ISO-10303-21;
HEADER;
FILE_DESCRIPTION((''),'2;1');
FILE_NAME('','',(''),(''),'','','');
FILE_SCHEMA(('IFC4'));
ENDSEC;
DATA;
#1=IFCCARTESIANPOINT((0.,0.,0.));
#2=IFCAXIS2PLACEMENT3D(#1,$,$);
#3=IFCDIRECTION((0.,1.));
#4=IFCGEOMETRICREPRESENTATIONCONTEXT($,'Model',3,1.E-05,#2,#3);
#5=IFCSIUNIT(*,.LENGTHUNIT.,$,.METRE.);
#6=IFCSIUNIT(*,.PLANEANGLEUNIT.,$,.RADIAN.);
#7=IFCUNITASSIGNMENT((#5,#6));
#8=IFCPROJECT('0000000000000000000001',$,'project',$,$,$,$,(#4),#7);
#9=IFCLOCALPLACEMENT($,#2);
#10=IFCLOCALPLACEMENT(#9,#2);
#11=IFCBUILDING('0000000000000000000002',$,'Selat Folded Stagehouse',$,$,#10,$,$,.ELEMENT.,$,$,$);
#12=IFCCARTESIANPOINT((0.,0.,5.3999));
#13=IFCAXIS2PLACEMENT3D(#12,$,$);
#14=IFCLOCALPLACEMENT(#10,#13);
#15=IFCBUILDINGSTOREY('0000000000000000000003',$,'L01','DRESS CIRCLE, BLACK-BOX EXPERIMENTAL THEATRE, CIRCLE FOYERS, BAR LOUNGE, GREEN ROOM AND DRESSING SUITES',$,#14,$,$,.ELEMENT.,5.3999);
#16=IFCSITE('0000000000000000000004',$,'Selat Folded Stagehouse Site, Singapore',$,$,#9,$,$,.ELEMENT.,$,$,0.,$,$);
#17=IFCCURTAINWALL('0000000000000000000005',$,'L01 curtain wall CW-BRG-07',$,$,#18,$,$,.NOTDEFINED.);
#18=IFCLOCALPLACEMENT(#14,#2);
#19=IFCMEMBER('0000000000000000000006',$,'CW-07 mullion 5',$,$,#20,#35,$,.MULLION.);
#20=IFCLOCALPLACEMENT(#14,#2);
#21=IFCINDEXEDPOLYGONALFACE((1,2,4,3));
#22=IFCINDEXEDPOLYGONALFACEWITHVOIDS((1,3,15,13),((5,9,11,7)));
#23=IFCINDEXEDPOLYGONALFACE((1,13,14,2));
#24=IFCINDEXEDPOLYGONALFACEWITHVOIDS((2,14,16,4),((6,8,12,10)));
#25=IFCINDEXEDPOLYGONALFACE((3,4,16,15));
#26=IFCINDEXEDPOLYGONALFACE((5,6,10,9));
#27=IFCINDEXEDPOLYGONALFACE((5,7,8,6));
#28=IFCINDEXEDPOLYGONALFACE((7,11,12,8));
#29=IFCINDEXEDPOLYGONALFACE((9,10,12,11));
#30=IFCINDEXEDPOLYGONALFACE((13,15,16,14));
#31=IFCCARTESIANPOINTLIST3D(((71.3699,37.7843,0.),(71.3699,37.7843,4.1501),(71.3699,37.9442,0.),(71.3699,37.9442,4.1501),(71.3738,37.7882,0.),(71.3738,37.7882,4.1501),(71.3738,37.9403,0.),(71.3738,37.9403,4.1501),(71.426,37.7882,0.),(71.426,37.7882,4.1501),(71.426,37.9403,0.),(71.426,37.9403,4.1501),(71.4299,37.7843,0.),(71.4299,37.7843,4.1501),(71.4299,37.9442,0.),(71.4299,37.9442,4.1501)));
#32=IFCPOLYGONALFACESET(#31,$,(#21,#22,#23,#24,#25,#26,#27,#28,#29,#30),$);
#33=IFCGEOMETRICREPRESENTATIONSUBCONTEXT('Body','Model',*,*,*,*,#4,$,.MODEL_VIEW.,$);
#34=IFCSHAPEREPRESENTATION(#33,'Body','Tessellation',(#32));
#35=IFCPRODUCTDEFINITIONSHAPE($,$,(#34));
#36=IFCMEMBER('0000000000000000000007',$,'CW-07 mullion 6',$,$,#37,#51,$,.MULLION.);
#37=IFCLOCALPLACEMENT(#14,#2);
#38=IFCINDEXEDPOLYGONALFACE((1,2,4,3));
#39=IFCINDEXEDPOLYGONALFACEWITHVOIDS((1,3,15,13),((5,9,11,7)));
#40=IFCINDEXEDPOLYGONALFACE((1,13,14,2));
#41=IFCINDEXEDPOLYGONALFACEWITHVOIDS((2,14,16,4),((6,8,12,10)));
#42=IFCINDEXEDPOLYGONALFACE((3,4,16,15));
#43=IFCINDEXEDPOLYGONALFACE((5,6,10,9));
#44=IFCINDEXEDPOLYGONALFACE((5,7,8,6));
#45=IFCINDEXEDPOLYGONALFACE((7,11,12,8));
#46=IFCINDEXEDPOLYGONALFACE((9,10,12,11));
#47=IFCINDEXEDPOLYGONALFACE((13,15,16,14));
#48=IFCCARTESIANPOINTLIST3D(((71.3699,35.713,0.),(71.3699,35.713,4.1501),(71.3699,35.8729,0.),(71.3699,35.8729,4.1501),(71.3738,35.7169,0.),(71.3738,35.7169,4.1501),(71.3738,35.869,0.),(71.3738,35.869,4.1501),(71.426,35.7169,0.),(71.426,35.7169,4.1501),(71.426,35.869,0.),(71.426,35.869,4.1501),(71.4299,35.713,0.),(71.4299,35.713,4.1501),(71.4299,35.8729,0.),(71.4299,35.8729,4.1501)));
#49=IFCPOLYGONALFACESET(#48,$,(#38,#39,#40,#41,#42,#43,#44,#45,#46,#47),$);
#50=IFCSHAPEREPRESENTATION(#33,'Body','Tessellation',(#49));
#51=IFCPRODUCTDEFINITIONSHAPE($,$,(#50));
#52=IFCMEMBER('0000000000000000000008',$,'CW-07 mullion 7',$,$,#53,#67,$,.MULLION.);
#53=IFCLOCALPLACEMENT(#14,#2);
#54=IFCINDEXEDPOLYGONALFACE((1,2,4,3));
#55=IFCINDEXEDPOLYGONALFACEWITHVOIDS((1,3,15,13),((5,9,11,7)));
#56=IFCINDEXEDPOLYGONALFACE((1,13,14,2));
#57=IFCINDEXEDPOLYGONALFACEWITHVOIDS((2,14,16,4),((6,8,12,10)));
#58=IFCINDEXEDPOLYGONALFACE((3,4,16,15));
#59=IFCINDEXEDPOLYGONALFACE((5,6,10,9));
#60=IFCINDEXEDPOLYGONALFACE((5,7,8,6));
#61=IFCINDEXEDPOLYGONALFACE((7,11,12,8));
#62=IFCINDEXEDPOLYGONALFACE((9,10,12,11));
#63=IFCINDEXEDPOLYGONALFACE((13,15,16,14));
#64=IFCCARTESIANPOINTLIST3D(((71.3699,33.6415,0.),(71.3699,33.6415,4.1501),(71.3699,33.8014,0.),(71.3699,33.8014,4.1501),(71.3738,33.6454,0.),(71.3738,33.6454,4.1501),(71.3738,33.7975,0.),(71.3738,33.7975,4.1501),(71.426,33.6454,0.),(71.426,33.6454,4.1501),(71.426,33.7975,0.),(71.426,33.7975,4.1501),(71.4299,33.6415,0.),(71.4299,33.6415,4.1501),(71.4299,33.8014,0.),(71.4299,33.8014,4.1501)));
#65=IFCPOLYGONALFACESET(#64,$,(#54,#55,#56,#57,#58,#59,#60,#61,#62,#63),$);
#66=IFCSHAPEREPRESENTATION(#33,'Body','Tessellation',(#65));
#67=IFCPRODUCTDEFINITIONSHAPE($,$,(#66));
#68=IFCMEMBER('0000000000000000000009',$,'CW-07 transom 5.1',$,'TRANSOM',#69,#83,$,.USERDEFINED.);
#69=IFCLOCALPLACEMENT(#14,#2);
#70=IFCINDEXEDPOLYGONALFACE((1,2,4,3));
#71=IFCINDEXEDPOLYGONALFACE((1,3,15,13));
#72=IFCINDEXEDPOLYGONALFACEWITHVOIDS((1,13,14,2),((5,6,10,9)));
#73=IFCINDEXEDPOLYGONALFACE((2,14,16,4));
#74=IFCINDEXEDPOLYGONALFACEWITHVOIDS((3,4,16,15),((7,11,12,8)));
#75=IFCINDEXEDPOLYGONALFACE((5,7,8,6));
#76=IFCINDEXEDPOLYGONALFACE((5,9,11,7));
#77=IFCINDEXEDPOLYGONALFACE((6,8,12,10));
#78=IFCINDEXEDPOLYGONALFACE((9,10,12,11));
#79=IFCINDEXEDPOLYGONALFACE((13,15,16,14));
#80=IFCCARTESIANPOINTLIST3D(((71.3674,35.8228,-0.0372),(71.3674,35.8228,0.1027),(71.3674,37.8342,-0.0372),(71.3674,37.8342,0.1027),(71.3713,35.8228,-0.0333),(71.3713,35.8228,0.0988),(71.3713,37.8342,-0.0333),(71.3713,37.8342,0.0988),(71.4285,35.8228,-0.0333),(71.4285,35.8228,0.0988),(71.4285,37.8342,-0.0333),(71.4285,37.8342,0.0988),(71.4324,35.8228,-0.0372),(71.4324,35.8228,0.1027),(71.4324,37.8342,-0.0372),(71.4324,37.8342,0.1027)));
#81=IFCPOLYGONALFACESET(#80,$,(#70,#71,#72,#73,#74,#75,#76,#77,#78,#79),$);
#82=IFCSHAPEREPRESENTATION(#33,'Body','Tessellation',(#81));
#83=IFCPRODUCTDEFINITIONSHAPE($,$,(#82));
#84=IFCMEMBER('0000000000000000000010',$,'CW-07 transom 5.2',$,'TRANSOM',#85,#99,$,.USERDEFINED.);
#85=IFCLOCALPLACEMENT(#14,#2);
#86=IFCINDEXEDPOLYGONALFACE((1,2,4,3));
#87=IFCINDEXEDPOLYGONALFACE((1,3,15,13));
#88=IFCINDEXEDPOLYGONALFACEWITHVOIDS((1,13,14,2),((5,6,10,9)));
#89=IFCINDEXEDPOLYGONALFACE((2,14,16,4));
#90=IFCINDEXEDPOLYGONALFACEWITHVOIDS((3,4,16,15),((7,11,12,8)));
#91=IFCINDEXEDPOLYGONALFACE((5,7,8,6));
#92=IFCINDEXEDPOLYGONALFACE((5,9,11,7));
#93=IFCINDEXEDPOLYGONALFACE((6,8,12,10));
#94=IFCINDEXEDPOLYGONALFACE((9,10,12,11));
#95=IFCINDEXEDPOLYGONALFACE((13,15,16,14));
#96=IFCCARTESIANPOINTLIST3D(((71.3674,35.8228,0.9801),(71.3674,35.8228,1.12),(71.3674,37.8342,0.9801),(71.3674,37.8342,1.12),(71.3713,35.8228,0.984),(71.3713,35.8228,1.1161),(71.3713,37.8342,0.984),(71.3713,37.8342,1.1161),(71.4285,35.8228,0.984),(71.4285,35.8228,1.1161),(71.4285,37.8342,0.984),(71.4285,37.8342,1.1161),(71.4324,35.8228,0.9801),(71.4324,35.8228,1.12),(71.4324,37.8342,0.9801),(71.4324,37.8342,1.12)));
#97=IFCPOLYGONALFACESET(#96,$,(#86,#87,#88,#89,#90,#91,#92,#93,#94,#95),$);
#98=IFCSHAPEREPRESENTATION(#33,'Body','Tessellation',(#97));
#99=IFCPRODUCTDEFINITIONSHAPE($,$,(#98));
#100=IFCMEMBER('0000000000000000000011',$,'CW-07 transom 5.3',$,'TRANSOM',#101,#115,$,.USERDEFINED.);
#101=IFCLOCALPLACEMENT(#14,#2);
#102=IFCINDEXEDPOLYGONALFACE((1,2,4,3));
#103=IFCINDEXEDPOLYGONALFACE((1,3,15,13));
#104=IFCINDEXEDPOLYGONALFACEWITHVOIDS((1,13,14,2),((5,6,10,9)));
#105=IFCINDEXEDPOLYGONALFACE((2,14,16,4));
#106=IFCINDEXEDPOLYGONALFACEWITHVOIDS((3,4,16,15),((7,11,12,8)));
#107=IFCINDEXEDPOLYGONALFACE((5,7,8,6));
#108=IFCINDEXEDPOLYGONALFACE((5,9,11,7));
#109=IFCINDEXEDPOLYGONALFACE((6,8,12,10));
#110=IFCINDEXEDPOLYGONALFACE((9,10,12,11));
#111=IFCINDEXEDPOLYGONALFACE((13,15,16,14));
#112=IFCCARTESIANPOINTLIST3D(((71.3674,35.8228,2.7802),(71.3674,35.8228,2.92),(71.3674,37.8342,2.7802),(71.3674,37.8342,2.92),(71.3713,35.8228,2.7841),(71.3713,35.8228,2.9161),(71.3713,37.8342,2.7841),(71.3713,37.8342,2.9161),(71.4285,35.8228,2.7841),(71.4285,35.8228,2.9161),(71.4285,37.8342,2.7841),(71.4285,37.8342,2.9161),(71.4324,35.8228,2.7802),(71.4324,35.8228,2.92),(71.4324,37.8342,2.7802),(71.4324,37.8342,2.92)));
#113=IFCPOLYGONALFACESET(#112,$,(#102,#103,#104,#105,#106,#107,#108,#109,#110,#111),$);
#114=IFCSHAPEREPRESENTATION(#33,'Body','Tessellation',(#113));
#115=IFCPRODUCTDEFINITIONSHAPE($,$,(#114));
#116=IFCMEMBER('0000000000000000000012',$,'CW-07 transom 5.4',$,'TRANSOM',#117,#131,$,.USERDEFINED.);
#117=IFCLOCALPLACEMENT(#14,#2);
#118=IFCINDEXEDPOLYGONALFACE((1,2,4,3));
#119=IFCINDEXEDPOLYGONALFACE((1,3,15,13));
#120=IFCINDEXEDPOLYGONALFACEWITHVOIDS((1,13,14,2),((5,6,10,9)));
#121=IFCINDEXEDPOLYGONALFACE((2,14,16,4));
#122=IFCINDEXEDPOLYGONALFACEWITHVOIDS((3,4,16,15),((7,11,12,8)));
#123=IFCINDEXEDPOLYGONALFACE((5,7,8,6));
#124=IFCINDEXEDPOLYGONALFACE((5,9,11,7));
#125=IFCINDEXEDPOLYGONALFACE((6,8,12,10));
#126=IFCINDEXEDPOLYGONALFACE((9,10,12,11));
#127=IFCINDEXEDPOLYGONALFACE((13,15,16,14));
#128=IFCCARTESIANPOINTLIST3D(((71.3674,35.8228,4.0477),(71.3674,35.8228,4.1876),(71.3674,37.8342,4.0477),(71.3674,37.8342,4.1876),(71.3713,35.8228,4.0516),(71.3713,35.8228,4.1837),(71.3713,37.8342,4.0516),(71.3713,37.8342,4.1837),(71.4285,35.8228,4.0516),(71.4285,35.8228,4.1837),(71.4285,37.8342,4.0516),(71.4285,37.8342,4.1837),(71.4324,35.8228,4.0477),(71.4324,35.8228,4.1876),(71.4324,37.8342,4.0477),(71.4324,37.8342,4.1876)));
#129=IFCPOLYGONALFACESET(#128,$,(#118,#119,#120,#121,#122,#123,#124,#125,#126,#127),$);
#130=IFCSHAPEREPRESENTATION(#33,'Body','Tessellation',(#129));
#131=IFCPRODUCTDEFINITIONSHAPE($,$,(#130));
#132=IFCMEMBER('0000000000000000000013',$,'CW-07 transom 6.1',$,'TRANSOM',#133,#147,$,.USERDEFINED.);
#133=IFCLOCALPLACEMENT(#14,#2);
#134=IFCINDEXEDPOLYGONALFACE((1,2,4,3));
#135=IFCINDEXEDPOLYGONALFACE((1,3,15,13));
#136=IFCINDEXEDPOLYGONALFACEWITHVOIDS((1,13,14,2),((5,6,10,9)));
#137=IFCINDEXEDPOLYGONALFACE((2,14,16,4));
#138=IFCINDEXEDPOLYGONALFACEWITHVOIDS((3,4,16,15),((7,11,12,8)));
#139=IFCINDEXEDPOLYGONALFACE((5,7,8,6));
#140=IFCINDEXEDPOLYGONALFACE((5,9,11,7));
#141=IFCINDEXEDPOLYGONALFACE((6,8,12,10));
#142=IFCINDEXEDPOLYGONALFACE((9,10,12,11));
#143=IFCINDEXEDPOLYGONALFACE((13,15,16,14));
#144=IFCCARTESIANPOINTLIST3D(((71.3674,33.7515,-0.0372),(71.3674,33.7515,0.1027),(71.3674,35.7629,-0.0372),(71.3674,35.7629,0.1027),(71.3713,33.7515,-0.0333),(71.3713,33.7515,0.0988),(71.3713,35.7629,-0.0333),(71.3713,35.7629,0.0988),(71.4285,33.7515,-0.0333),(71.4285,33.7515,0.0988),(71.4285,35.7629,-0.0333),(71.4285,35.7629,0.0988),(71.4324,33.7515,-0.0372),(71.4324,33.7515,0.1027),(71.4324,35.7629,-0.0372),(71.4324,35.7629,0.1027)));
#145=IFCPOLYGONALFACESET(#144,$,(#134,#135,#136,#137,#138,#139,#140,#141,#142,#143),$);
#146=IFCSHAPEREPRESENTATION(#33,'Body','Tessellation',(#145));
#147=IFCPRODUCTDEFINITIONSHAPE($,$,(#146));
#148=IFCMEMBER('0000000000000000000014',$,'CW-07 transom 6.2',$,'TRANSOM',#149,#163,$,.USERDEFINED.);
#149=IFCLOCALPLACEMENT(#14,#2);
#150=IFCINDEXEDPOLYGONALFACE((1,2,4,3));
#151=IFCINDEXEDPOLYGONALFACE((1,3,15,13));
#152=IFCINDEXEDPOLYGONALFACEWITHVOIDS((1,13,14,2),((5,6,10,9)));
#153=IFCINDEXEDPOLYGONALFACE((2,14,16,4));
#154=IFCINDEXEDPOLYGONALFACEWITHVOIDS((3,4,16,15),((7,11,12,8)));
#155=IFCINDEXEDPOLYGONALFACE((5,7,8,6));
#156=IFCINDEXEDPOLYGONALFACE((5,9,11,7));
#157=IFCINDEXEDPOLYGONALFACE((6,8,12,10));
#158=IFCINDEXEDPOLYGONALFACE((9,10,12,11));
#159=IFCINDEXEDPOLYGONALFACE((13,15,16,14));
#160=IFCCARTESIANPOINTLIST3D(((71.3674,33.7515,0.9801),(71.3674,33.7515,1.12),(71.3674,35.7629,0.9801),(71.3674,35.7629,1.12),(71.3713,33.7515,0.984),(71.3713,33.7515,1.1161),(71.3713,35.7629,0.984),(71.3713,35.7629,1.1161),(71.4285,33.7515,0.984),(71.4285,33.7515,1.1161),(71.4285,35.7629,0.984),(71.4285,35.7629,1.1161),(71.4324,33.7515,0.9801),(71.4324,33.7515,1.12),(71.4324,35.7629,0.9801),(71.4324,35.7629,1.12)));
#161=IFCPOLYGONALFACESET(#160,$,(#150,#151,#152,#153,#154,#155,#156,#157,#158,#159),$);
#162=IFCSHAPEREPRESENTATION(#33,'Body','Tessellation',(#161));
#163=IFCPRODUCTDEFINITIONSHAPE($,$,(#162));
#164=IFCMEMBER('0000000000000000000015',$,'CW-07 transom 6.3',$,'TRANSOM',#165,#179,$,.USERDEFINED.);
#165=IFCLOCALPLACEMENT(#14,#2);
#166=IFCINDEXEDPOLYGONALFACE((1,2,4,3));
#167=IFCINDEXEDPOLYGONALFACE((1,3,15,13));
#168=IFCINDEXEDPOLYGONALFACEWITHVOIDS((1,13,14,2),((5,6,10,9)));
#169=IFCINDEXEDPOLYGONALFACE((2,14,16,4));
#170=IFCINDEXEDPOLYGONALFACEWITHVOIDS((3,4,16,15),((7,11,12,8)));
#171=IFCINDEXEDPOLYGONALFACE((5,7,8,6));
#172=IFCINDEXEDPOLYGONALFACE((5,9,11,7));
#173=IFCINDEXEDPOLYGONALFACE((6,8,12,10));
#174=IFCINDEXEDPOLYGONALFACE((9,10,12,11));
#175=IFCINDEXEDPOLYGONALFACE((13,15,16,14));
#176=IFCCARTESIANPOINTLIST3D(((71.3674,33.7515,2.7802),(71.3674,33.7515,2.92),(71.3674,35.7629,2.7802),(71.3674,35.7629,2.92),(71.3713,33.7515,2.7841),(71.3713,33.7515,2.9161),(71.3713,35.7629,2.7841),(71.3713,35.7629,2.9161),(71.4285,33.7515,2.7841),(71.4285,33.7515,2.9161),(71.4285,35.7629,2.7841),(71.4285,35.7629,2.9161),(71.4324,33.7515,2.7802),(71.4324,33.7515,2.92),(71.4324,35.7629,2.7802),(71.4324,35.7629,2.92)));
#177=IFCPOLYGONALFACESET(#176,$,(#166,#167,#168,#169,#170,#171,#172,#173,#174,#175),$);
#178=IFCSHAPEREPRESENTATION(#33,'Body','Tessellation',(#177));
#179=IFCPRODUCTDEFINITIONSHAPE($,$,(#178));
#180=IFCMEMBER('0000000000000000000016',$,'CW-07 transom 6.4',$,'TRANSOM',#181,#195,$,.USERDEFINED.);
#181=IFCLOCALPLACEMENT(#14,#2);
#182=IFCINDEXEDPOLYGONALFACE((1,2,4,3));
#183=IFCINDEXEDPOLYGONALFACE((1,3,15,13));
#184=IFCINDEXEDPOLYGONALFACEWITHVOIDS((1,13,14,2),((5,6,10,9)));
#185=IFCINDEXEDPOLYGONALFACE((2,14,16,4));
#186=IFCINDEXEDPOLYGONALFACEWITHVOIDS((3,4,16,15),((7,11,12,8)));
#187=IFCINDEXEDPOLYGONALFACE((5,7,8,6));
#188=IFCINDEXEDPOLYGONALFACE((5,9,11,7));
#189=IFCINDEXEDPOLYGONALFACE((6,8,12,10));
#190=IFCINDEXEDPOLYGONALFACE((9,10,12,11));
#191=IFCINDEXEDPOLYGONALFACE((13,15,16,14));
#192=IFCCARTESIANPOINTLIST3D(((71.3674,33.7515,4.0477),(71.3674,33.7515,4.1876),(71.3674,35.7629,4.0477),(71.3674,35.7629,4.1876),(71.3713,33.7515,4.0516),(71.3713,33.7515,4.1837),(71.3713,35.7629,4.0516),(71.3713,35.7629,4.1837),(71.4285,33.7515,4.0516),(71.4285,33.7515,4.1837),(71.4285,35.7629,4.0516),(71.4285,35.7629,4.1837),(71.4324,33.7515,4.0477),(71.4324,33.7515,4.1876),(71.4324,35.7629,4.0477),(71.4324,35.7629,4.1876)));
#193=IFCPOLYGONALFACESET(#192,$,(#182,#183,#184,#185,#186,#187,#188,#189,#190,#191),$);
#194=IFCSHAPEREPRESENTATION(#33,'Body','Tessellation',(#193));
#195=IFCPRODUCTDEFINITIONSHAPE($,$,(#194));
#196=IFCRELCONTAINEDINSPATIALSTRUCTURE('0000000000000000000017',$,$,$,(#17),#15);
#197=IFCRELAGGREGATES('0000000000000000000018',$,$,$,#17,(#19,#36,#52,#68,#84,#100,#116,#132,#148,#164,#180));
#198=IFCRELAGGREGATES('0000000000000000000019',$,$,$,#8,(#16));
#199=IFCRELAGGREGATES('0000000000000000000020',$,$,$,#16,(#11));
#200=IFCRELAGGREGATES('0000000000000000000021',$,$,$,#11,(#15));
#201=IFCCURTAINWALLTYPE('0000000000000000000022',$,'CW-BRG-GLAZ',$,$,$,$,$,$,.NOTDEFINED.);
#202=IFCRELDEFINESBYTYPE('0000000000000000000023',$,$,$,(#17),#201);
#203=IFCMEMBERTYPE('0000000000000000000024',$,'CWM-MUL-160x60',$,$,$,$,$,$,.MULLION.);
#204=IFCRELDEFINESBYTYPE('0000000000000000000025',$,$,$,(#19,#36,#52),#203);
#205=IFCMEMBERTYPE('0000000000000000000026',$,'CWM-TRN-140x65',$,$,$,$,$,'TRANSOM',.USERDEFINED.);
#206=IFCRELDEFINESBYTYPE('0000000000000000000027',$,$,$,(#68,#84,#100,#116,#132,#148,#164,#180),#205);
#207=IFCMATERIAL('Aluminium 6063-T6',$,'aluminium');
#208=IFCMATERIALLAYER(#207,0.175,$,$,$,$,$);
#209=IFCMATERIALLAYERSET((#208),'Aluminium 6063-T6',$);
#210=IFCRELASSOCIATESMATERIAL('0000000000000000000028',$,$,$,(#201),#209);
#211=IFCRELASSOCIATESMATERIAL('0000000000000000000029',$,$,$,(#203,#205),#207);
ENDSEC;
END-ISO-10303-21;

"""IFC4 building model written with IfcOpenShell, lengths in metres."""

from ifc_helpers import new_model, si_unit, direction, frame, origin, origin_2d, place, context, subcontext, project, spatial, hollow_rectangle, extrude, material, layer, layer_set, material_profile, profile_set, type_object, element, aggregate, save


model = new_model("IFC4")

# Units and contexts
model_context = context("Model", 3, precision=1e-05, world=origin(), true_north=direction((0.0, 1.0)))
body_context = subcontext(model_context, "Body", "Model", "MODEL_VIEW")
ifc_project = project(units=[si_unit("LENGTHUNIT", "METRE"), si_unit("PLANEANGLEUNIT", "RADIAN")], contexts=[model_context])

# Site, building, storey
site_placement = place(None, origin())
site = spatial("IfcSite", under=ifc_project, at=site_placement, Name="Selat Folded Stagehouse Site, Singapore", CompositionType="ELEMENT", RefElevation=0.0)
building_placement = place(site_placement, origin())
building = spatial("IfcBuilding", under=site, at=building_placement, Name="Selat Folded Stagehouse", CompositionType="ELEMENT")
storey_placement = place(building_placement, frame((0.0, 0.0, 5.3999)))
storey = spatial("IfcBuildingStorey", under=building, at=storey_placement, Name="L01", Description="DRESS CIRCLE, BLACK-BOX EXPERIMENTAL THEATRE, CIRCLE FOYERS, BAR LOUNGE, GREEN ROOM AND DRESSING SUITES", CompositionType="ELEMENT", Elevation=5.3999)

# Curtain wall, members
ifc_material_1 = material(Name="Aluminium 6063-T6", Category="aluminium")
ifc_layer_1 = layer(ifc_material_1, 0.175)
ifc_layer_set_1 = layer_set([ifc_layer_1], Name="Aluminium 6063-T6")
curtain_wall_type = type_object("IfcCurtainWallType", Name="CW-BRG-GLAZ", PredefinedType="NOTDEFINED", material=ifc_layer_set_1)
curtain_wall_placement = place(storey_placement, origin())
curtain_wall = element("IfcCurtainWall", 1, at=curtain_wall_placement, inside=storey, type_object=curtain_wall_type, Name="L01 curtain wall CW-BRG-07", PredefinedType="NOTDEFINED")
ifc_material_profile_1 = material_profile(ifc_material_1, hollow_rectangle(XDim=0.0601, YDim=0.1599, WallThickness=0.0039, at=origin_2d()), Name="ALU 160x60x4.0")
ifc_profile_set_1 = profile_set([ifc_material_profile_1], Name="Aluminium 6063-T6")
member_type_1 = type_object("IfcMemberType", Name="CWM-MUL-160x60", PredefinedType="MULLION", material=ifc_profile_set_1)
member_1_placement = place(storey_placement, frame((71.3999, 37.8643, 0.0), z_axis=(0.0, 0.0, 1.0), x_axis=(1.0, 0.0, 0.0)))
member_1 = element("IfcMember", 2, at=member_1_placement, type_object=member_type_1, Name="CW-07 mullion 5", PredefinedType="MULLION", context=body_context, shape_type="SweptSolid", body=[
    extrude(hollow_rectangle(XDim=0.0601, YDim=0.1599, WallThickness=0.0039, at=origin_2d()), origin(), (0.0, 0.0, 1.0), 4.1501),
])
member_2_placement = place(storey_placement, frame((71.3999, 35.793, 0.0), z_axis=(0.0, 0.0, 1.0), x_axis=(1.0, 0.0, 0.0)))
member_2 = element("IfcMember", 3, at=member_2_placement, type_object=member_type_1, Name="CW-07 mullion 6", PredefinedType="MULLION", context=body_context, shape_type="SweptSolid", body=[
    extrude(hollow_rectangle(XDim=0.0601, YDim=0.1599, WallThickness=0.0039, at=origin_2d()), origin(), (0.0, 0.0, 1.0), 4.1501),
])
member_3_placement = place(storey_placement, frame((71.3999, 33.7214, 0.0), z_axis=(0.0, 0.0, 1.0), x_axis=(1.0, 0.0, 0.0)))
member_3 = element("IfcMember", 4, at=member_3_placement, type_object=member_type_1, Name="CW-07 mullion 7", PredefinedType="MULLION", context=body_context, shape_type="SweptSolid", body=[
    extrude(hollow_rectangle(XDim=0.0601, YDim=0.1599, WallThickness=0.0039, at=origin_2d()), origin(), (0.0, 0.0, 1.0), 4.1501),
])
ifc_material_profile_2 = material_profile(ifc_material_1, hollow_rectangle(XDim=0.0649, YDim=0.1399, WallThickness=0.0039, at=origin_2d()), Name="ALU 140x65x4.0")
ifc_profile_set_2 = profile_set([ifc_material_profile_2], Name="Aluminium 6063-T6")
member_type_2 = type_object("IfcMemberType", Name="CWM-TRN-140x65", ElementType="TRANSOM", PredefinedType="USERDEFINED", material=ifc_profile_set_2)
member_4_placement = place(storey_placement, frame((71.3999, 37.8342, 0.0327), z_axis=(0.0, -1.0, 0.0), x_axis=(1.0, 0.0, 0.0)))
member_4 = element("IfcMember", 5, at=member_4_placement, type_object=member_type_2, Name="CW-07 transom 5.1", ObjectType="TRANSOM", PredefinedType="USERDEFINED", context=body_context, shape_type="SweptSolid", body=[
    extrude(hollow_rectangle(XDim=0.0649, YDim=0.1399, WallThickness=0.0039, at=origin_2d()), origin(), (0.0, 0.0, 1.0), 2.0115),
])
member_5_placement = place(storey_placement, frame((71.3999, 37.8342, 1.05), z_axis=(0.0, -1.0, 0.0), x_axis=(1.0, 0.0, 0.0)))
member_5 = element("IfcMember", 6, at=member_5_placement, type_object=member_type_2, Name="CW-07 transom 5.2", ObjectType="TRANSOM", PredefinedType="USERDEFINED", context=body_context, shape_type="SweptSolid", body=[
    extrude(hollow_rectangle(XDim=0.0649, YDim=0.1399, WallThickness=0.0039, at=origin_2d()), origin(), (0.0, 0.0, 1.0), 2.0115),
])
member_6_placement = place(storey_placement, frame((71.3999, 37.8342, 2.8501), z_axis=(0.0, -1.0, 0.0), x_axis=(1.0, 0.0, 0.0)))
member_6 = element("IfcMember", 7, at=member_6_placement, type_object=member_type_2, Name="CW-07 transom 5.3", ObjectType="TRANSOM", PredefinedType="USERDEFINED", context=body_context, shape_type="SweptSolid", body=[
    extrude(hollow_rectangle(XDim=0.0649, YDim=0.1399, WallThickness=0.0039, at=origin_2d()), origin(), (0.0, 0.0, 1.0), 2.0115),
])
member_7_placement = place(storey_placement, frame((71.3999, 37.8342, 4.1177), z_axis=(0.0, -1.0, 0.0), x_axis=(1.0, 0.0, 0.0)))
member_7 = element("IfcMember", 8, at=member_7_placement, type_object=member_type_2, Name="CW-07 transom 5.4", ObjectType="TRANSOM", PredefinedType="USERDEFINED", context=body_context, shape_type="SweptSolid", body=[
    extrude(hollow_rectangle(XDim=0.0649, YDim=0.1399, WallThickness=0.0039, at=origin_2d()), origin(), (0.0, 0.0, 1.0), 2.0115),
])
member_8_placement = place(storey_placement, frame((71.3999, 35.7629, 0.0327), z_axis=(0.0, -1.0, 0.0), x_axis=(1.0, 0.0, 0.0)))
member_8 = element("IfcMember", 9, at=member_8_placement, type_object=member_type_2, Name="CW-07 transom 6.1", ObjectType="TRANSOM", PredefinedType="USERDEFINED", context=body_context, shape_type="SweptSolid", body=[
    extrude(hollow_rectangle(XDim=0.0649, YDim=0.1399, WallThickness=0.0039, at=origin_2d()), origin(), (0.0, 0.0, 1.0), 2.0115),
])
member_9_placement = place(storey_placement, frame((71.3999, 35.7629, 1.05), z_axis=(0.0, -1.0, 0.0), x_axis=(1.0, 0.0, 0.0)))
member_9 = element("IfcMember", 10, at=member_9_placement, type_object=member_type_2, Name="CW-07 transom 6.2", ObjectType="TRANSOM", PredefinedType="USERDEFINED", context=body_context, shape_type="SweptSolid", body=[
    extrude(hollow_rectangle(XDim=0.0649, YDim=0.1399, WallThickness=0.0039, at=origin_2d()), origin(), (0.0, 0.0, 1.0), 2.0115),
])
member_10_placement = place(storey_placement, frame((71.3999, 35.7629, 2.8501), z_axis=(0.0, -1.0, 0.0), x_axis=(1.0, 0.0, 0.0)))
member_10 = element("IfcMember", 11, at=member_10_placement, type_object=member_type_2, Name="CW-07 transom 6.3", ObjectType="TRANSOM", PredefinedType="USERDEFINED", context=body_context, shape_type="SweptSolid", body=[
    extrude(hollow_rectangle(XDim=0.0649, YDim=0.1399, WallThickness=0.0039, at=origin_2d()), origin(), (0.0, 0.0, 1.0), 2.0115),
])
member_11_placement = place(storey_placement, frame((71.3999, 35.7629, 4.1177), z_axis=(0.0, -1.0, 0.0), x_axis=(1.0, 0.0, 0.0)))
member_11 = element("IfcMember", 12, at=member_11_placement, type_object=member_type_2, Name="CW-07 transom 6.4", ObjectType="TRANSOM", PredefinedType="USERDEFINED", context=body_context, shape_type="SweptSolid", body=[
    extrude(hollow_rectangle(XDim=0.0649, YDim=0.1399, WallThickness=0.0039, at=origin_2d()), origin(), (0.0, 0.0, 1.0), 2.0115),
])
aggregate(curtain_wall, [member_1, member_2, member_3, member_4, member_5, member_6, member_7, member_8, member_9, member_10, member_11])

save(model, "model.ifc")
